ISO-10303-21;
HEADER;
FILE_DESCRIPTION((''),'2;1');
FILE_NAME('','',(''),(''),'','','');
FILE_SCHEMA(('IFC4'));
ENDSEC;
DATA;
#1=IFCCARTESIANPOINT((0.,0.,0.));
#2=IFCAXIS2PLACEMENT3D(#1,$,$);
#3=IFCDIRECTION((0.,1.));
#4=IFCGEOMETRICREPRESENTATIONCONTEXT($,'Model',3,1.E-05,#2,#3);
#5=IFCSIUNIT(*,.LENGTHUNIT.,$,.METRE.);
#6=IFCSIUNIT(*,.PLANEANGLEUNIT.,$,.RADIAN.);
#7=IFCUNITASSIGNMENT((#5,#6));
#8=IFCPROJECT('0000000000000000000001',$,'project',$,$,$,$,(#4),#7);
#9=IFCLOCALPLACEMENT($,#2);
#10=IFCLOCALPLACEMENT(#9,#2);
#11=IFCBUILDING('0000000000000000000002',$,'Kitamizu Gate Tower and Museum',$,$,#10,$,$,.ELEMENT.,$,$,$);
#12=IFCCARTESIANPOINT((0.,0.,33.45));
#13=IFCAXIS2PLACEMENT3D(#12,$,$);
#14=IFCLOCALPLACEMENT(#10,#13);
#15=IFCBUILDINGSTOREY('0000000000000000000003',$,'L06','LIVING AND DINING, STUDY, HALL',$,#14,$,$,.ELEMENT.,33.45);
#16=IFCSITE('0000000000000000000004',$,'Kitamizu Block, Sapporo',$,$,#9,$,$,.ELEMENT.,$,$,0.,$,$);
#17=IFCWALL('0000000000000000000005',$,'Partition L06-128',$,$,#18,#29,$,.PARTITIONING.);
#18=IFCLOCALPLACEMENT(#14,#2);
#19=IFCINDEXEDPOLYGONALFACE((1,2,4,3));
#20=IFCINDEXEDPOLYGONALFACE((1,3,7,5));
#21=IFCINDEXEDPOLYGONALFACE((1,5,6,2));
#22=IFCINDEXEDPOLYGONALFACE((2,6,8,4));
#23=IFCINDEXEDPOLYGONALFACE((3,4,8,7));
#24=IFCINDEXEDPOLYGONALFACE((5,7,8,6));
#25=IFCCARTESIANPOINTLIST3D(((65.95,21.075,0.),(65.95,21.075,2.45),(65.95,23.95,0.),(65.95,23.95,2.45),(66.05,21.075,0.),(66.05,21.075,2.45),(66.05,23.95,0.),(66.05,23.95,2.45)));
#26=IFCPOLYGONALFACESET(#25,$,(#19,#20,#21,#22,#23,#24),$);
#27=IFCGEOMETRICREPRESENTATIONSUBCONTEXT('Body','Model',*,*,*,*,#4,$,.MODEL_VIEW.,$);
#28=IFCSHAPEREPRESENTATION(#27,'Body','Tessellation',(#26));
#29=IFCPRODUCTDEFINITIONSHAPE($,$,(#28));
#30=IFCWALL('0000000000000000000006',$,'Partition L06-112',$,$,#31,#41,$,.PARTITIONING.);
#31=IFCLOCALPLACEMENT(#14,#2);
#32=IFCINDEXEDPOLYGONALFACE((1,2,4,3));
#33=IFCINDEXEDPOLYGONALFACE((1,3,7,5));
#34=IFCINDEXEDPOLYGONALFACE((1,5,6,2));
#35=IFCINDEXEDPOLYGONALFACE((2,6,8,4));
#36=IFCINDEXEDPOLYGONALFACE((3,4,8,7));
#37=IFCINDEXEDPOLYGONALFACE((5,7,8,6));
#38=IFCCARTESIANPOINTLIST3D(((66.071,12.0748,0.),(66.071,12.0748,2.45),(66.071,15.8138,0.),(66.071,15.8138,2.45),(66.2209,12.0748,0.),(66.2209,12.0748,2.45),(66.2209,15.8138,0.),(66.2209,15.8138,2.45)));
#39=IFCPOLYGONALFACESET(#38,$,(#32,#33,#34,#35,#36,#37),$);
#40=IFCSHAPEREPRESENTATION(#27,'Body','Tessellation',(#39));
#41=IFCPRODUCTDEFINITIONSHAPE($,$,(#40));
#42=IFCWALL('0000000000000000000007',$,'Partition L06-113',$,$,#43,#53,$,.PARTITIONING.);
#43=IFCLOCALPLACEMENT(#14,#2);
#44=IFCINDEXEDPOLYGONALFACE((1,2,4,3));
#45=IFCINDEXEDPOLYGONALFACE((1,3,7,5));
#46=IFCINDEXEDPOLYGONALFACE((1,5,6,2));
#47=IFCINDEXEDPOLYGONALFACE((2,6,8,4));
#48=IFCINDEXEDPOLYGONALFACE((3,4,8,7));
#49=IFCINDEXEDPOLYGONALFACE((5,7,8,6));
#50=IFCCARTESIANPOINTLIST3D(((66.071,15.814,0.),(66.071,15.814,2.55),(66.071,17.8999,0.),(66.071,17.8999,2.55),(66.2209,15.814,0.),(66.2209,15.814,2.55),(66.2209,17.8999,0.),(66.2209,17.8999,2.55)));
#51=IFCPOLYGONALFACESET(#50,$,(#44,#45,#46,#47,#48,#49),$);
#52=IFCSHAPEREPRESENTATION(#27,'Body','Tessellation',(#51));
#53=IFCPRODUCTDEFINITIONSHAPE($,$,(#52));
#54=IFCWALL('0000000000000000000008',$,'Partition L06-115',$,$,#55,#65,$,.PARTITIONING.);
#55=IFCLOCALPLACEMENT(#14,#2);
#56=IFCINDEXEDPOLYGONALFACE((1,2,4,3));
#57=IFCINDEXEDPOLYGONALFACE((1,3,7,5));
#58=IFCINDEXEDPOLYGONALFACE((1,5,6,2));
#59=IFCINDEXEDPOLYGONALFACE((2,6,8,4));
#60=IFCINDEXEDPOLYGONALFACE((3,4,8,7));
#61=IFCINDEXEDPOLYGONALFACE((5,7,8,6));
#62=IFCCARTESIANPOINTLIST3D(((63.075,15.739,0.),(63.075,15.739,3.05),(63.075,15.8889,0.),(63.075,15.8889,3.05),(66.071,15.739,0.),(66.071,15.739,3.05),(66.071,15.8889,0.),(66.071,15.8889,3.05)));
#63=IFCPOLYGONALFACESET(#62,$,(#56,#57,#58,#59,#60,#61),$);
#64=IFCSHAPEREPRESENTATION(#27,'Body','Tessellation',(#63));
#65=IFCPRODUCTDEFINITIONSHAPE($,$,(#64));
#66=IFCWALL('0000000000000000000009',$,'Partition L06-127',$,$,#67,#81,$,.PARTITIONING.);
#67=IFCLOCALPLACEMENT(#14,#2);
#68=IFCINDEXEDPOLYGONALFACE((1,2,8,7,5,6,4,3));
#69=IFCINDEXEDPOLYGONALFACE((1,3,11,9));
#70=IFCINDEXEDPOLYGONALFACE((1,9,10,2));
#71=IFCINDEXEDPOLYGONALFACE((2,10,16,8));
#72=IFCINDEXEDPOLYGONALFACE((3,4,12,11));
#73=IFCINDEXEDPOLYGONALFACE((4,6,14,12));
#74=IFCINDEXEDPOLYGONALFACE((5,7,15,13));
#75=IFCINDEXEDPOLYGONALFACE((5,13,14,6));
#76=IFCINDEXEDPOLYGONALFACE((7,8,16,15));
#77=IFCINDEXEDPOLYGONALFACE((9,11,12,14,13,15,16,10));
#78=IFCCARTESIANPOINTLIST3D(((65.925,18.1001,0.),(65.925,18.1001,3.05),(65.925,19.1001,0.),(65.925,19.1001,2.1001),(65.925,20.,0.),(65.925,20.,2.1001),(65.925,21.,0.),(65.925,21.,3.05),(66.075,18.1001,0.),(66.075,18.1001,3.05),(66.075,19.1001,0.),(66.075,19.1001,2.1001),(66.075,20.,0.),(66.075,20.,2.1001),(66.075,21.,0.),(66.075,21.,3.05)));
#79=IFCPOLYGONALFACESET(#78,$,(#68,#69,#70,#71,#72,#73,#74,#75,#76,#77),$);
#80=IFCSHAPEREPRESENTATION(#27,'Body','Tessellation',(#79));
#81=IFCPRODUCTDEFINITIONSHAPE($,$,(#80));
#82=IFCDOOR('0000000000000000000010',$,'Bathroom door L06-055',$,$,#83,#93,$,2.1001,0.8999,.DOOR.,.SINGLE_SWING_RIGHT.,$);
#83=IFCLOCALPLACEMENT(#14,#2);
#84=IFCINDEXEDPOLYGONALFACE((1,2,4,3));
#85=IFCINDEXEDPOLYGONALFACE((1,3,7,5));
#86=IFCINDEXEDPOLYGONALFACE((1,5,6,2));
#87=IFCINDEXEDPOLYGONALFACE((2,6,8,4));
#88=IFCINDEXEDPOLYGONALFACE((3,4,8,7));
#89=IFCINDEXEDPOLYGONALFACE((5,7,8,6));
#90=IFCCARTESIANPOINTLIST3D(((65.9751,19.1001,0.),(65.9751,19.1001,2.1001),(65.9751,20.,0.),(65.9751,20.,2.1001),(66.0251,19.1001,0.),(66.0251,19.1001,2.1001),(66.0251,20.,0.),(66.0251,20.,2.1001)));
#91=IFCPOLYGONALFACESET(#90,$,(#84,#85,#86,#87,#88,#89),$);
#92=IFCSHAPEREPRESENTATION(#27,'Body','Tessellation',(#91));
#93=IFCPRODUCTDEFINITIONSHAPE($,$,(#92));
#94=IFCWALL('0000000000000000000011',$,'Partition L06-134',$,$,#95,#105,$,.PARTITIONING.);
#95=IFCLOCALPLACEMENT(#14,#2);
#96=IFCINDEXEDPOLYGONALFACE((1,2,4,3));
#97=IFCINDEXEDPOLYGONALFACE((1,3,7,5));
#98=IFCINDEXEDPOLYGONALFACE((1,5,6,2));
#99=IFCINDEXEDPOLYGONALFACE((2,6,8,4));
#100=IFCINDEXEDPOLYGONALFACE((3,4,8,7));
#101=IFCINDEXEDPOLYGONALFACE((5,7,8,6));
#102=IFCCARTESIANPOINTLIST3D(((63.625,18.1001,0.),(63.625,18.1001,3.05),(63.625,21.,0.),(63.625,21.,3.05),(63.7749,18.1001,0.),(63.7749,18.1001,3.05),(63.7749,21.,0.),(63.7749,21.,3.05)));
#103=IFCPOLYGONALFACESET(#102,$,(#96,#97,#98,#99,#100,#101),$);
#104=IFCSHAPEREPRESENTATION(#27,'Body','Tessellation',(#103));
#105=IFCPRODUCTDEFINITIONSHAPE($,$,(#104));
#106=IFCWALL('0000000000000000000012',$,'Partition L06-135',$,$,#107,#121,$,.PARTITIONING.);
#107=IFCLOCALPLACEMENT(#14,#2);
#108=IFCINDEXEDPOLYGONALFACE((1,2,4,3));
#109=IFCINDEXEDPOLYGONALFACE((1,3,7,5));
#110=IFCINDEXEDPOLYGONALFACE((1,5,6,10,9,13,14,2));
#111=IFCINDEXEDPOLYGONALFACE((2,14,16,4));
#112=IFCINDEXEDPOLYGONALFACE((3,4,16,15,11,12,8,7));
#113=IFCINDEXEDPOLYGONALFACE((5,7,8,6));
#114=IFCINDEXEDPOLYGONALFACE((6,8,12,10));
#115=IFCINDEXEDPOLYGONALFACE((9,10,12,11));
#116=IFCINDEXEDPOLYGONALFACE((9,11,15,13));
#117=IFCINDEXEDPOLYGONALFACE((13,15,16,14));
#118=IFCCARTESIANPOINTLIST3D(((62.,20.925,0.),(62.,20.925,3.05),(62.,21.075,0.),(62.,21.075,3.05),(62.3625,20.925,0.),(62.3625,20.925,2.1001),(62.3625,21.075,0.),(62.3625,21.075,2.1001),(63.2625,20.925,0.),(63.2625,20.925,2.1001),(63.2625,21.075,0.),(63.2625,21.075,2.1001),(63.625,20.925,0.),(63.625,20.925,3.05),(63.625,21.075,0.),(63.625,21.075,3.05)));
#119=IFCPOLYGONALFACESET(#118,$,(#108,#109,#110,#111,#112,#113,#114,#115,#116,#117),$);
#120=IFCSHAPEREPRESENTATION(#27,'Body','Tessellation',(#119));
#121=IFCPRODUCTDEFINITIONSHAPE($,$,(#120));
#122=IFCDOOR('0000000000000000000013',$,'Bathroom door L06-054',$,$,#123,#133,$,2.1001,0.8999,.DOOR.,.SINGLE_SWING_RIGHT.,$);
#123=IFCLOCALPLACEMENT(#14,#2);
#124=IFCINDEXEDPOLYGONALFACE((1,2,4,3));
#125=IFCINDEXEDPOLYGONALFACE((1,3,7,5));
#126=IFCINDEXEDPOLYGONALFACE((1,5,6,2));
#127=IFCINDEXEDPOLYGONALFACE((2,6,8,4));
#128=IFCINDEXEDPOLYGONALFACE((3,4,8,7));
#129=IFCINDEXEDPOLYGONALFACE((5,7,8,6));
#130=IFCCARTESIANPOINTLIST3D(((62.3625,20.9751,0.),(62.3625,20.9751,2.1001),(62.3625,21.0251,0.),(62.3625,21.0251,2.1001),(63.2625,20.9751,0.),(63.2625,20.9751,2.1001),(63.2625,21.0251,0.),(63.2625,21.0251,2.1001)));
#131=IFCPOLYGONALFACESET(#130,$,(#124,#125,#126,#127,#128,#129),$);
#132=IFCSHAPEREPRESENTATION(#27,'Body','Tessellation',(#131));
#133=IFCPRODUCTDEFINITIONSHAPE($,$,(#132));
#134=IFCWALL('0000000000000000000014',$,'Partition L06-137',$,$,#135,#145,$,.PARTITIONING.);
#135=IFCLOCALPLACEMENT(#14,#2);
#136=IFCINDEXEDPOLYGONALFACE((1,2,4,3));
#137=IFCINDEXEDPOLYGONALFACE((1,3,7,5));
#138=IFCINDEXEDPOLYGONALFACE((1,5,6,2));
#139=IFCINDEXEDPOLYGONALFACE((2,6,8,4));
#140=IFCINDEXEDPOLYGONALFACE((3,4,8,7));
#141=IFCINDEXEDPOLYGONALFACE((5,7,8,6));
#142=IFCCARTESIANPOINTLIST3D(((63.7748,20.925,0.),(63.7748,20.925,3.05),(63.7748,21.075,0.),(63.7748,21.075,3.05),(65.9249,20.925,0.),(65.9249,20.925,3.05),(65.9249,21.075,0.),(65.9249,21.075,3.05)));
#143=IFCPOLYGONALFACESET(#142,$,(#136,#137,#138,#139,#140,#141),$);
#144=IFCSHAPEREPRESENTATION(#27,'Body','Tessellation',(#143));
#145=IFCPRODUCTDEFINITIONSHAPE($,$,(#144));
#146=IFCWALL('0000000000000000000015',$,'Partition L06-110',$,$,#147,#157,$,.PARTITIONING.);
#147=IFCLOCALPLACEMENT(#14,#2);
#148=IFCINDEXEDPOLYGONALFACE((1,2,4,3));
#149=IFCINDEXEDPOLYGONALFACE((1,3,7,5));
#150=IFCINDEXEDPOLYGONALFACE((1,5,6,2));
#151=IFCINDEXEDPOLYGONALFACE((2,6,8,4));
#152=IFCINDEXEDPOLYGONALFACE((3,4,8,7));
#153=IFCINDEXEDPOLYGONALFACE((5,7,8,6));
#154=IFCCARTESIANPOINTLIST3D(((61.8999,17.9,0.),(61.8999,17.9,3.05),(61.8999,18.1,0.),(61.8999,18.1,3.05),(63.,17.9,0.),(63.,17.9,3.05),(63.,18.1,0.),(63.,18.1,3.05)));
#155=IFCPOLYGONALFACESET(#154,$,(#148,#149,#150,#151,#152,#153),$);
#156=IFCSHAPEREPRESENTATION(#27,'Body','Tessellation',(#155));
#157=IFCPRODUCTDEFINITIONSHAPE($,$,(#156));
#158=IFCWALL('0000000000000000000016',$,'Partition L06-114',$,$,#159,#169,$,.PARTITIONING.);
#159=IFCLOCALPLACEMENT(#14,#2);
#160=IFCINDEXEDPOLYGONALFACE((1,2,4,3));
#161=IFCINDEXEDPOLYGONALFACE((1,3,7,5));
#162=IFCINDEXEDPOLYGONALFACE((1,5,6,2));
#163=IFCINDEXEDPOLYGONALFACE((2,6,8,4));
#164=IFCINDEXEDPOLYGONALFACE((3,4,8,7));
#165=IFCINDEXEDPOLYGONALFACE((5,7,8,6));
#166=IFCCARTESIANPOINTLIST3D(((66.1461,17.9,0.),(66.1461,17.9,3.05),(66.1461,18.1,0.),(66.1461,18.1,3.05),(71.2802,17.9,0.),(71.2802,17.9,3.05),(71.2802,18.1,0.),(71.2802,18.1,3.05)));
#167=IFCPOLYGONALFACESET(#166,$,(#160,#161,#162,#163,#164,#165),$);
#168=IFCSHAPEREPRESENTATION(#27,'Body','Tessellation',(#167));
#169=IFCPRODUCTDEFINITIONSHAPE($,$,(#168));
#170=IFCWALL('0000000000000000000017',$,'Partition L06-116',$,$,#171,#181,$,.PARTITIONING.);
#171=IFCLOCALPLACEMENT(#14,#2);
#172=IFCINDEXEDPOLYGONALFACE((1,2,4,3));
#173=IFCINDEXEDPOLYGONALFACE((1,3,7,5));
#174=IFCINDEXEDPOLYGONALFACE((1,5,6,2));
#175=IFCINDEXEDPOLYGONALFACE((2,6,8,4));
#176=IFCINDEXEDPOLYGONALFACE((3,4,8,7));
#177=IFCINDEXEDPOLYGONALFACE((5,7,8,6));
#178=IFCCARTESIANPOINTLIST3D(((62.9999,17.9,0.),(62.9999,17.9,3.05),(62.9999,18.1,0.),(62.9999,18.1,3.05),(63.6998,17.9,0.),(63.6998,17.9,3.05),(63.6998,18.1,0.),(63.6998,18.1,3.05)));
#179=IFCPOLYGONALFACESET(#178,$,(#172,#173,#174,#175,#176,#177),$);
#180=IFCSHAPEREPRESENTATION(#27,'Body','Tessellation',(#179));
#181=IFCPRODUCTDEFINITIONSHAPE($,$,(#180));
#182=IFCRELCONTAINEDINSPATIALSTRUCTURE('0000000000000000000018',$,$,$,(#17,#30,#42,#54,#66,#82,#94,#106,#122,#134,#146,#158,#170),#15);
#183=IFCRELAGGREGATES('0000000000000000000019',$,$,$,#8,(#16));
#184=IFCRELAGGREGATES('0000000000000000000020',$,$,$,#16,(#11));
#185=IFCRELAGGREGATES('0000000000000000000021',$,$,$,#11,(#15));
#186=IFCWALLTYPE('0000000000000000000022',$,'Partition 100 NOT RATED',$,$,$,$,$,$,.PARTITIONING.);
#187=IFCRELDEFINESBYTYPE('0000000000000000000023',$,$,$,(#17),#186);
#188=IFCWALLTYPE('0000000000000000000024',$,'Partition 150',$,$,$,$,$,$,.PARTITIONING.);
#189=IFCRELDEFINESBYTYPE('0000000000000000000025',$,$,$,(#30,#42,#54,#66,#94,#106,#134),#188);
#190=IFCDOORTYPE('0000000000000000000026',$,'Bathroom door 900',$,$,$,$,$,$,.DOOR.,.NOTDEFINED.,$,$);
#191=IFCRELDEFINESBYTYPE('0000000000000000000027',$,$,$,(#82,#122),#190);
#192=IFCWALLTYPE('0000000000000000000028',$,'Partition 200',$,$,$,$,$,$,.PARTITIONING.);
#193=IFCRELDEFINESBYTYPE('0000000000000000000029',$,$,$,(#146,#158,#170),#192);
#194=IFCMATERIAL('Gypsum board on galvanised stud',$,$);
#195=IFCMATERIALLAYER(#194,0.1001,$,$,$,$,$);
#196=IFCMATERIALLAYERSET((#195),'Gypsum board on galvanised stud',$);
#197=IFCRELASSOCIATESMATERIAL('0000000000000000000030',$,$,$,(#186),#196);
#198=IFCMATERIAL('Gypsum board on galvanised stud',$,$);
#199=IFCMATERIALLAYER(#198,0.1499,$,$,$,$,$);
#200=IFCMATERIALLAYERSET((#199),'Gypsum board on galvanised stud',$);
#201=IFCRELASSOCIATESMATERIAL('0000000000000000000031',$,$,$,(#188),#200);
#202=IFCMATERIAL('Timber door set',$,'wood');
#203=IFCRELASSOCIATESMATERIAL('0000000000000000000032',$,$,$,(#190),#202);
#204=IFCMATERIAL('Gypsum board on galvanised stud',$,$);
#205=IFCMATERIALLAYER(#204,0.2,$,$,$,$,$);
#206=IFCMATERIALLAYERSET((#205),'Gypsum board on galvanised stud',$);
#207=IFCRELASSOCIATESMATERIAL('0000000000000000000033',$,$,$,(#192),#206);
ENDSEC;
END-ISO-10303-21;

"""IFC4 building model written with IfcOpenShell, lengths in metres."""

from ifc_helpers import new_model, si_unit, direction, frame, frame_2d, origin, place, context, subcontext, project, spatial, rectangle, extrude, material, layer, layer_set, type_object, element, fill, save


model = new_model("IFC4")

# Units and contexts
model_context = context("Model", 3, precision=1e-05, world=origin(), true_north=direction((0.0, 1.0)))
body_context = subcontext(model_context, "Body", "Model", "MODEL_VIEW")
ifc_project = project(units=[si_unit("LENGTHUNIT", "METRE"), si_unit("PLANEANGLEUNIT", "RADIAN")], contexts=[model_context])

# Site, building, storey
site_placement = place(None, origin())
site = spatial("IfcSite", under=ifc_project, at=site_placement, Name="Kitamizu Block, Sapporo", CompositionType="ELEMENT", RefElevation=0.0)
building_placement = place(site_placement, origin())
building = spatial("IfcBuilding", under=site, at=building_placement, Name="Kitamizu Gate Tower and Museum", CompositionType="ELEMENT")
storey_placement = place(building_placement, frame((0.0, 0.0, 33.45)))
storey = spatial("IfcBuildingStorey", under=building, at=storey_placement, Name="L06", Description="LIVING AND DINING, STUDY, HALL", CompositionType="ELEMENT", Elevation=33.45)

# Walls
ifc_material_1 = material(Name="Gypsum board on galvanised stud")
ifc_layer_1 = layer(ifc_material_1, 0.1001)
ifc_layer_set_1 = layer_set([ifc_layer_1], Name="Gypsum board on galvanised stud")
wall_type_1 = type_object("IfcWallType", Name="Partition 100 NOT RATED", PredefinedType="PARTITIONING", material=ifc_layer_set_1)
wall_1_placement = place(storey_placement, frame((66.0, 23.95, 0.0), z_axis=(0.0, 0.0, 1.0), x_axis=(0.0, -1.0, 0.0)))
element("IfcWall", 1, at=wall_1_placement, inside=storey, type_object=wall_type_1, Name="Partition L06-128", PredefinedType="PARTITIONING", context=body_context, shape_type="SweptSolid", body=[
    extrude(rectangle(XDim=2.875, YDim=0.1001, at=frame_2d((1.4375, 0.0))), origin(), (0.0, 0.0, 1.0), 2.45),
])
ifc_material_2 = material(Name="Gypsum board on galvanised stud")
ifc_layer_2 = layer(ifc_material_2, 0.1499)
ifc_layer_set_2 = layer_set([ifc_layer_2], Name="Gypsum board on galvanised stud")
wall_type_2 = type_object("IfcWallType", Name="Partition 150", PredefinedType="PARTITIONING", material=ifc_layer_set_2)
wall_2_placement = place(storey_placement, frame((66.146, 15.814, 0.0), z_axis=(0.0, 0.0, 1.0), x_axis=(0.0, -1.0, 0.0)))
element("IfcWall", 2, at=wall_2_placement, inside=storey, type_object=wall_type_2, Name="Partition L06-112", PredefinedType="PARTITIONING", context=body_context, shape_type="SweptSolid", body=[
    extrude(rectangle(XDim=3.739, YDim=0.1499, at=frame_2d((1.8696, 0.0))), origin(), (0.0, 0.0, 1.0), 2.45),
])
wall_3_placement = place(storey_placement, frame((66.146, 17.8999, 0.0), z_axis=(0.0, 0.0, 1.0), x_axis=(0.0, -1.0, 0.0)))
element("IfcWall", 3, at=wall_3_placement, inside=storey, type_object=wall_type_2, Name="Partition L06-113", PredefinedType="PARTITIONING", context=body_context, shape_type="SweptSolid", body=[
    extrude(rectangle(XDim=2.0859, YDim=0.1499, at=frame_2d((1.043, 0.0))), origin(), (0.0, 0.0, 1.0), 2.55),
])
wall_4_placement = place(storey_placement, frame((66.071, 15.814, 0.0), z_axis=(0.0, 0.0, 1.0), x_axis=(-1.0, 0.0, 0.0)))
element("IfcWall", 4, at=wall_4_placement, inside=storey, type_object=wall_type_2, Name="Partition L06-115", PredefinedType="PARTITIONING", context=body_context, shape_type="SweptSolid", body=[
    extrude(rectangle(XDim=2.9961, YDim=0.1499, at=frame_2d((1.498, 0.0))), origin(), (0.0, 0.0, 1.0), 3.05),
])

# Wall, opening, door
wall_5_placement = place(storey_placement, frame((66.0, 21.0, 0.0), z_axis=(0.0, 0.0, 1.0), x_axis=(0.0, -1.0, 0.0)))
wall_5 = element("IfcWall", 5, at=wall_5_placement, inside=storey, type_object=wall_type_2, Name="Partition L06-127", PredefinedType="PARTITIONING", context=body_context, shape_type="SweptSolid", body=[
    extrude(rectangle(XDim=2.8999, YDim=0.1499, at=frame_2d((1.45, 0.0))), origin(), (0.0, 0.0, 1.0), 3.05),
])
opening_1_placement = place(wall_5_placement, frame((1.0, 0.0, 0.0)))
opening_1 = element("IfcOpeningElement", 6, at=opening_1_placement, cuts=wall_5, PredefinedType="OPENING", context=body_context, shape_type="SweptSolid", body=[
    extrude(rectangle(XDim=0.8999, YDim=2.1001, at=frame_2d((0.45, 1.05))), frame((0.0, 0.085, 0.0), z_axis=(0.0, -1.0, 0.0), x_axis=(1.0, 0.0, 0.0)), (0.0, 0.0, 1.0), 0.1699),
])
ifc_material_3 = material(Name="Timber door set", Category="wood")
door_type = type_object("IfcDoorType", Name="Bathroom door 900", OperationType="NOTDEFINED", PredefinedType="DOOR", material=ifc_material_3)
door_1_placement = place(opening_1_placement, frame((0.8999, 0.0, 0.0), x_axis=(-1.0, 0.0, 0.0)))
door_1 = element("IfcDoor", 7, at=door_1_placement, inside=storey, type_object=door_type, Name="Bathroom door L06-055", OperationType="SINGLE_SWING_RIGHT", OverallHeight=2.1001, OverallWidth=0.8999, PredefinedType="DOOR", context=body_context, shape_type="SweptSolid", body=[
    extrude(rectangle(XDim=0.8999, YDim=2.1001, at=frame_2d((0.45, 1.05))), frame((0.0, 0.0249, 0.0), z_axis=(0.0, -1.0, 0.0), x_axis=(1.0, 0.0, 0.0)), (0.0, 0.0, 1.0), 0.05),
])
fill(opening_1, door_1)

# Wall
wall_6_placement = place(storey_placement, frame((63.7, 18.1001, 0.0), z_axis=(0.0, 0.0, 1.0), x_axis=(0.0, 1.0, 0.0)))
element("IfcWall", 8, at=wall_6_placement, inside=storey, type_object=wall_type_2, Name="Partition L06-134", PredefinedType="PARTITIONING", context=body_context, shape_type="SweptSolid", body=[
    extrude(rectangle(XDim=2.8999, YDim=0.1499, at=frame_2d((1.45, 0.0))), origin(), (0.0, 0.0, 1.0), 3.05),
])

# Wall, opening, door
wall_7_placement = place(storey_placement, frame((63.625, 21.0, 0.0), z_axis=(0.0, 0.0, 1.0), x_axis=(-1.0, 0.0, 0.0)))
wall_7 = element("IfcWall", 9, at=wall_7_placement, inside=storey, type_object=wall_type_2, Name="Partition L06-135", PredefinedType="PARTITIONING", context=body_context, shape_type="SweptSolid", body=[
    extrude(rectangle(XDim=1.625, YDim=0.1499, at=frame_2d((0.8125, 0.0))), origin(), (0.0, 0.0, 1.0), 3.05),
])
opening_2_placement = place(wall_7_placement, frame((0.3625, 0.0, 0.0)))
opening_2 = element("IfcOpeningElement", 10, at=opening_2_placement, cuts=wall_7, PredefinedType="OPENING", context=body_context, shape_type="SweptSolid", body=[
    extrude(rectangle(XDim=0.8999, YDim=2.1001, at=frame_2d((0.45, 1.05))), frame((0.0, 0.085, 0.0), z_axis=(0.0, -1.0, 0.0), x_axis=(1.0, 0.0, 0.0)), (0.0, 0.0, 1.0), 0.1699),
])
door_2_placement = place(opening_2_placement, origin())
door_2 = element("IfcDoor", 11, at=door_2_placement, inside=storey, type_object=door_type, Name="Bathroom door L06-054", OperationType="SINGLE_SWING_RIGHT", OverallHeight=2.1001, OverallWidth=0.8999, PredefinedType="DOOR", context=body_context, shape_type="SweptSolid", body=[
    extrude(rectangle(XDim=0.8999, YDim=2.1001, at=frame_2d((0.45, 1.05))), frame((0.0, 0.0249, 0.0), z_axis=(0.0, -1.0, 0.0), x_axis=(1.0, 0.0, 0.0)), (0.0, 0.0, 1.0), 0.05),
])
fill(opening_2, door_2)

# Walls
wall_8_placement = place(storey_placement, frame((65.925, 21.0, 0.0), z_axis=(0.0, 0.0, 1.0), x_axis=(-1.0, 0.0, 0.0)))
element("IfcWall", 12, at=wall_8_placement, inside=storey, type_object=wall_type_2, Name="Partition L06-137", PredefinedType="PARTITIONING", context=body_context, shape_type="SweptSolid", body=[
    extrude(rectangle(XDim=2.1501, YDim=0.1499, at=frame_2d((1.0752, 0.0))), origin(), (0.0, 0.0, 1.0), 3.05),
])
ifc_material_4 = material(Name="Gypsum board on galvanised stud")
ifc_layer_3 = layer(ifc_material_4, 0.2)
ifc_layer_set_3 = layer_set([ifc_layer_3], Name="Gypsum board on galvanised stud")
wall_type_3 = type_object("IfcWallType", Name="Partition 200", PredefinedType="PARTITIONING", material=ifc_layer_set_3)
wall_9_placement = place(storey_placement, frame((63.0, 18.0, 0.0), z_axis=(0.0, 0.0, 1.0), x_axis=(-1.0, 0.0, 0.0)))
element("IfcWall", 13, at=wall_9_placement, inside=storey, type_object=wall_type_3, Name="Partition L06-110", PredefinedType="PARTITIONING", context=body_context, shape_type="SweptSolid", body=[
    extrude(rectangle(XDim=1.1001, YDim=0.2, at=frame_2d((0.55, 0.0))), origin(), (0.0, 0.0, 1.0), 3.05),
])
wall_10_placement = place(storey_placement, frame((71.28, 18.0, 0.0), z_axis=(0.0, 0.0, 1.0), x_axis=(-1.0, 0.0, 0.0)))
element("IfcWall", 14, at=wall_10_placement, inside=storey, type_object=wall_type_3, Name="Partition L06-114", PredefinedType="PARTITIONING", context=body_context, shape_type="SweptSolid", body=[
    extrude(rectangle(XDim=5.134, YDim=0.2, at=frame_2d((2.5669, 0.0))), origin(), (0.0, 0.0, 1.0), 3.05),
])
wall_11_placement = place(storey_placement, frame((63.7, 18.0, 0.0), z_axis=(0.0, 0.0, 1.0), x_axis=(-1.0, 0.0, 0.0)))
element("IfcWall", 15, at=wall_11_placement, inside=storey, type_object=wall_type_3, Name="Partition L06-116", PredefinedType="PARTITIONING", context=body_context, shape_type="SweptSolid", body=[
    extrude(rectangle(XDim=0.7, YDim=0.2, at=frame_2d((0.3501, 0.0))), origin(), (0.0, 0.0, 1.0), 3.05),
])

save(model, "model.ifc")
